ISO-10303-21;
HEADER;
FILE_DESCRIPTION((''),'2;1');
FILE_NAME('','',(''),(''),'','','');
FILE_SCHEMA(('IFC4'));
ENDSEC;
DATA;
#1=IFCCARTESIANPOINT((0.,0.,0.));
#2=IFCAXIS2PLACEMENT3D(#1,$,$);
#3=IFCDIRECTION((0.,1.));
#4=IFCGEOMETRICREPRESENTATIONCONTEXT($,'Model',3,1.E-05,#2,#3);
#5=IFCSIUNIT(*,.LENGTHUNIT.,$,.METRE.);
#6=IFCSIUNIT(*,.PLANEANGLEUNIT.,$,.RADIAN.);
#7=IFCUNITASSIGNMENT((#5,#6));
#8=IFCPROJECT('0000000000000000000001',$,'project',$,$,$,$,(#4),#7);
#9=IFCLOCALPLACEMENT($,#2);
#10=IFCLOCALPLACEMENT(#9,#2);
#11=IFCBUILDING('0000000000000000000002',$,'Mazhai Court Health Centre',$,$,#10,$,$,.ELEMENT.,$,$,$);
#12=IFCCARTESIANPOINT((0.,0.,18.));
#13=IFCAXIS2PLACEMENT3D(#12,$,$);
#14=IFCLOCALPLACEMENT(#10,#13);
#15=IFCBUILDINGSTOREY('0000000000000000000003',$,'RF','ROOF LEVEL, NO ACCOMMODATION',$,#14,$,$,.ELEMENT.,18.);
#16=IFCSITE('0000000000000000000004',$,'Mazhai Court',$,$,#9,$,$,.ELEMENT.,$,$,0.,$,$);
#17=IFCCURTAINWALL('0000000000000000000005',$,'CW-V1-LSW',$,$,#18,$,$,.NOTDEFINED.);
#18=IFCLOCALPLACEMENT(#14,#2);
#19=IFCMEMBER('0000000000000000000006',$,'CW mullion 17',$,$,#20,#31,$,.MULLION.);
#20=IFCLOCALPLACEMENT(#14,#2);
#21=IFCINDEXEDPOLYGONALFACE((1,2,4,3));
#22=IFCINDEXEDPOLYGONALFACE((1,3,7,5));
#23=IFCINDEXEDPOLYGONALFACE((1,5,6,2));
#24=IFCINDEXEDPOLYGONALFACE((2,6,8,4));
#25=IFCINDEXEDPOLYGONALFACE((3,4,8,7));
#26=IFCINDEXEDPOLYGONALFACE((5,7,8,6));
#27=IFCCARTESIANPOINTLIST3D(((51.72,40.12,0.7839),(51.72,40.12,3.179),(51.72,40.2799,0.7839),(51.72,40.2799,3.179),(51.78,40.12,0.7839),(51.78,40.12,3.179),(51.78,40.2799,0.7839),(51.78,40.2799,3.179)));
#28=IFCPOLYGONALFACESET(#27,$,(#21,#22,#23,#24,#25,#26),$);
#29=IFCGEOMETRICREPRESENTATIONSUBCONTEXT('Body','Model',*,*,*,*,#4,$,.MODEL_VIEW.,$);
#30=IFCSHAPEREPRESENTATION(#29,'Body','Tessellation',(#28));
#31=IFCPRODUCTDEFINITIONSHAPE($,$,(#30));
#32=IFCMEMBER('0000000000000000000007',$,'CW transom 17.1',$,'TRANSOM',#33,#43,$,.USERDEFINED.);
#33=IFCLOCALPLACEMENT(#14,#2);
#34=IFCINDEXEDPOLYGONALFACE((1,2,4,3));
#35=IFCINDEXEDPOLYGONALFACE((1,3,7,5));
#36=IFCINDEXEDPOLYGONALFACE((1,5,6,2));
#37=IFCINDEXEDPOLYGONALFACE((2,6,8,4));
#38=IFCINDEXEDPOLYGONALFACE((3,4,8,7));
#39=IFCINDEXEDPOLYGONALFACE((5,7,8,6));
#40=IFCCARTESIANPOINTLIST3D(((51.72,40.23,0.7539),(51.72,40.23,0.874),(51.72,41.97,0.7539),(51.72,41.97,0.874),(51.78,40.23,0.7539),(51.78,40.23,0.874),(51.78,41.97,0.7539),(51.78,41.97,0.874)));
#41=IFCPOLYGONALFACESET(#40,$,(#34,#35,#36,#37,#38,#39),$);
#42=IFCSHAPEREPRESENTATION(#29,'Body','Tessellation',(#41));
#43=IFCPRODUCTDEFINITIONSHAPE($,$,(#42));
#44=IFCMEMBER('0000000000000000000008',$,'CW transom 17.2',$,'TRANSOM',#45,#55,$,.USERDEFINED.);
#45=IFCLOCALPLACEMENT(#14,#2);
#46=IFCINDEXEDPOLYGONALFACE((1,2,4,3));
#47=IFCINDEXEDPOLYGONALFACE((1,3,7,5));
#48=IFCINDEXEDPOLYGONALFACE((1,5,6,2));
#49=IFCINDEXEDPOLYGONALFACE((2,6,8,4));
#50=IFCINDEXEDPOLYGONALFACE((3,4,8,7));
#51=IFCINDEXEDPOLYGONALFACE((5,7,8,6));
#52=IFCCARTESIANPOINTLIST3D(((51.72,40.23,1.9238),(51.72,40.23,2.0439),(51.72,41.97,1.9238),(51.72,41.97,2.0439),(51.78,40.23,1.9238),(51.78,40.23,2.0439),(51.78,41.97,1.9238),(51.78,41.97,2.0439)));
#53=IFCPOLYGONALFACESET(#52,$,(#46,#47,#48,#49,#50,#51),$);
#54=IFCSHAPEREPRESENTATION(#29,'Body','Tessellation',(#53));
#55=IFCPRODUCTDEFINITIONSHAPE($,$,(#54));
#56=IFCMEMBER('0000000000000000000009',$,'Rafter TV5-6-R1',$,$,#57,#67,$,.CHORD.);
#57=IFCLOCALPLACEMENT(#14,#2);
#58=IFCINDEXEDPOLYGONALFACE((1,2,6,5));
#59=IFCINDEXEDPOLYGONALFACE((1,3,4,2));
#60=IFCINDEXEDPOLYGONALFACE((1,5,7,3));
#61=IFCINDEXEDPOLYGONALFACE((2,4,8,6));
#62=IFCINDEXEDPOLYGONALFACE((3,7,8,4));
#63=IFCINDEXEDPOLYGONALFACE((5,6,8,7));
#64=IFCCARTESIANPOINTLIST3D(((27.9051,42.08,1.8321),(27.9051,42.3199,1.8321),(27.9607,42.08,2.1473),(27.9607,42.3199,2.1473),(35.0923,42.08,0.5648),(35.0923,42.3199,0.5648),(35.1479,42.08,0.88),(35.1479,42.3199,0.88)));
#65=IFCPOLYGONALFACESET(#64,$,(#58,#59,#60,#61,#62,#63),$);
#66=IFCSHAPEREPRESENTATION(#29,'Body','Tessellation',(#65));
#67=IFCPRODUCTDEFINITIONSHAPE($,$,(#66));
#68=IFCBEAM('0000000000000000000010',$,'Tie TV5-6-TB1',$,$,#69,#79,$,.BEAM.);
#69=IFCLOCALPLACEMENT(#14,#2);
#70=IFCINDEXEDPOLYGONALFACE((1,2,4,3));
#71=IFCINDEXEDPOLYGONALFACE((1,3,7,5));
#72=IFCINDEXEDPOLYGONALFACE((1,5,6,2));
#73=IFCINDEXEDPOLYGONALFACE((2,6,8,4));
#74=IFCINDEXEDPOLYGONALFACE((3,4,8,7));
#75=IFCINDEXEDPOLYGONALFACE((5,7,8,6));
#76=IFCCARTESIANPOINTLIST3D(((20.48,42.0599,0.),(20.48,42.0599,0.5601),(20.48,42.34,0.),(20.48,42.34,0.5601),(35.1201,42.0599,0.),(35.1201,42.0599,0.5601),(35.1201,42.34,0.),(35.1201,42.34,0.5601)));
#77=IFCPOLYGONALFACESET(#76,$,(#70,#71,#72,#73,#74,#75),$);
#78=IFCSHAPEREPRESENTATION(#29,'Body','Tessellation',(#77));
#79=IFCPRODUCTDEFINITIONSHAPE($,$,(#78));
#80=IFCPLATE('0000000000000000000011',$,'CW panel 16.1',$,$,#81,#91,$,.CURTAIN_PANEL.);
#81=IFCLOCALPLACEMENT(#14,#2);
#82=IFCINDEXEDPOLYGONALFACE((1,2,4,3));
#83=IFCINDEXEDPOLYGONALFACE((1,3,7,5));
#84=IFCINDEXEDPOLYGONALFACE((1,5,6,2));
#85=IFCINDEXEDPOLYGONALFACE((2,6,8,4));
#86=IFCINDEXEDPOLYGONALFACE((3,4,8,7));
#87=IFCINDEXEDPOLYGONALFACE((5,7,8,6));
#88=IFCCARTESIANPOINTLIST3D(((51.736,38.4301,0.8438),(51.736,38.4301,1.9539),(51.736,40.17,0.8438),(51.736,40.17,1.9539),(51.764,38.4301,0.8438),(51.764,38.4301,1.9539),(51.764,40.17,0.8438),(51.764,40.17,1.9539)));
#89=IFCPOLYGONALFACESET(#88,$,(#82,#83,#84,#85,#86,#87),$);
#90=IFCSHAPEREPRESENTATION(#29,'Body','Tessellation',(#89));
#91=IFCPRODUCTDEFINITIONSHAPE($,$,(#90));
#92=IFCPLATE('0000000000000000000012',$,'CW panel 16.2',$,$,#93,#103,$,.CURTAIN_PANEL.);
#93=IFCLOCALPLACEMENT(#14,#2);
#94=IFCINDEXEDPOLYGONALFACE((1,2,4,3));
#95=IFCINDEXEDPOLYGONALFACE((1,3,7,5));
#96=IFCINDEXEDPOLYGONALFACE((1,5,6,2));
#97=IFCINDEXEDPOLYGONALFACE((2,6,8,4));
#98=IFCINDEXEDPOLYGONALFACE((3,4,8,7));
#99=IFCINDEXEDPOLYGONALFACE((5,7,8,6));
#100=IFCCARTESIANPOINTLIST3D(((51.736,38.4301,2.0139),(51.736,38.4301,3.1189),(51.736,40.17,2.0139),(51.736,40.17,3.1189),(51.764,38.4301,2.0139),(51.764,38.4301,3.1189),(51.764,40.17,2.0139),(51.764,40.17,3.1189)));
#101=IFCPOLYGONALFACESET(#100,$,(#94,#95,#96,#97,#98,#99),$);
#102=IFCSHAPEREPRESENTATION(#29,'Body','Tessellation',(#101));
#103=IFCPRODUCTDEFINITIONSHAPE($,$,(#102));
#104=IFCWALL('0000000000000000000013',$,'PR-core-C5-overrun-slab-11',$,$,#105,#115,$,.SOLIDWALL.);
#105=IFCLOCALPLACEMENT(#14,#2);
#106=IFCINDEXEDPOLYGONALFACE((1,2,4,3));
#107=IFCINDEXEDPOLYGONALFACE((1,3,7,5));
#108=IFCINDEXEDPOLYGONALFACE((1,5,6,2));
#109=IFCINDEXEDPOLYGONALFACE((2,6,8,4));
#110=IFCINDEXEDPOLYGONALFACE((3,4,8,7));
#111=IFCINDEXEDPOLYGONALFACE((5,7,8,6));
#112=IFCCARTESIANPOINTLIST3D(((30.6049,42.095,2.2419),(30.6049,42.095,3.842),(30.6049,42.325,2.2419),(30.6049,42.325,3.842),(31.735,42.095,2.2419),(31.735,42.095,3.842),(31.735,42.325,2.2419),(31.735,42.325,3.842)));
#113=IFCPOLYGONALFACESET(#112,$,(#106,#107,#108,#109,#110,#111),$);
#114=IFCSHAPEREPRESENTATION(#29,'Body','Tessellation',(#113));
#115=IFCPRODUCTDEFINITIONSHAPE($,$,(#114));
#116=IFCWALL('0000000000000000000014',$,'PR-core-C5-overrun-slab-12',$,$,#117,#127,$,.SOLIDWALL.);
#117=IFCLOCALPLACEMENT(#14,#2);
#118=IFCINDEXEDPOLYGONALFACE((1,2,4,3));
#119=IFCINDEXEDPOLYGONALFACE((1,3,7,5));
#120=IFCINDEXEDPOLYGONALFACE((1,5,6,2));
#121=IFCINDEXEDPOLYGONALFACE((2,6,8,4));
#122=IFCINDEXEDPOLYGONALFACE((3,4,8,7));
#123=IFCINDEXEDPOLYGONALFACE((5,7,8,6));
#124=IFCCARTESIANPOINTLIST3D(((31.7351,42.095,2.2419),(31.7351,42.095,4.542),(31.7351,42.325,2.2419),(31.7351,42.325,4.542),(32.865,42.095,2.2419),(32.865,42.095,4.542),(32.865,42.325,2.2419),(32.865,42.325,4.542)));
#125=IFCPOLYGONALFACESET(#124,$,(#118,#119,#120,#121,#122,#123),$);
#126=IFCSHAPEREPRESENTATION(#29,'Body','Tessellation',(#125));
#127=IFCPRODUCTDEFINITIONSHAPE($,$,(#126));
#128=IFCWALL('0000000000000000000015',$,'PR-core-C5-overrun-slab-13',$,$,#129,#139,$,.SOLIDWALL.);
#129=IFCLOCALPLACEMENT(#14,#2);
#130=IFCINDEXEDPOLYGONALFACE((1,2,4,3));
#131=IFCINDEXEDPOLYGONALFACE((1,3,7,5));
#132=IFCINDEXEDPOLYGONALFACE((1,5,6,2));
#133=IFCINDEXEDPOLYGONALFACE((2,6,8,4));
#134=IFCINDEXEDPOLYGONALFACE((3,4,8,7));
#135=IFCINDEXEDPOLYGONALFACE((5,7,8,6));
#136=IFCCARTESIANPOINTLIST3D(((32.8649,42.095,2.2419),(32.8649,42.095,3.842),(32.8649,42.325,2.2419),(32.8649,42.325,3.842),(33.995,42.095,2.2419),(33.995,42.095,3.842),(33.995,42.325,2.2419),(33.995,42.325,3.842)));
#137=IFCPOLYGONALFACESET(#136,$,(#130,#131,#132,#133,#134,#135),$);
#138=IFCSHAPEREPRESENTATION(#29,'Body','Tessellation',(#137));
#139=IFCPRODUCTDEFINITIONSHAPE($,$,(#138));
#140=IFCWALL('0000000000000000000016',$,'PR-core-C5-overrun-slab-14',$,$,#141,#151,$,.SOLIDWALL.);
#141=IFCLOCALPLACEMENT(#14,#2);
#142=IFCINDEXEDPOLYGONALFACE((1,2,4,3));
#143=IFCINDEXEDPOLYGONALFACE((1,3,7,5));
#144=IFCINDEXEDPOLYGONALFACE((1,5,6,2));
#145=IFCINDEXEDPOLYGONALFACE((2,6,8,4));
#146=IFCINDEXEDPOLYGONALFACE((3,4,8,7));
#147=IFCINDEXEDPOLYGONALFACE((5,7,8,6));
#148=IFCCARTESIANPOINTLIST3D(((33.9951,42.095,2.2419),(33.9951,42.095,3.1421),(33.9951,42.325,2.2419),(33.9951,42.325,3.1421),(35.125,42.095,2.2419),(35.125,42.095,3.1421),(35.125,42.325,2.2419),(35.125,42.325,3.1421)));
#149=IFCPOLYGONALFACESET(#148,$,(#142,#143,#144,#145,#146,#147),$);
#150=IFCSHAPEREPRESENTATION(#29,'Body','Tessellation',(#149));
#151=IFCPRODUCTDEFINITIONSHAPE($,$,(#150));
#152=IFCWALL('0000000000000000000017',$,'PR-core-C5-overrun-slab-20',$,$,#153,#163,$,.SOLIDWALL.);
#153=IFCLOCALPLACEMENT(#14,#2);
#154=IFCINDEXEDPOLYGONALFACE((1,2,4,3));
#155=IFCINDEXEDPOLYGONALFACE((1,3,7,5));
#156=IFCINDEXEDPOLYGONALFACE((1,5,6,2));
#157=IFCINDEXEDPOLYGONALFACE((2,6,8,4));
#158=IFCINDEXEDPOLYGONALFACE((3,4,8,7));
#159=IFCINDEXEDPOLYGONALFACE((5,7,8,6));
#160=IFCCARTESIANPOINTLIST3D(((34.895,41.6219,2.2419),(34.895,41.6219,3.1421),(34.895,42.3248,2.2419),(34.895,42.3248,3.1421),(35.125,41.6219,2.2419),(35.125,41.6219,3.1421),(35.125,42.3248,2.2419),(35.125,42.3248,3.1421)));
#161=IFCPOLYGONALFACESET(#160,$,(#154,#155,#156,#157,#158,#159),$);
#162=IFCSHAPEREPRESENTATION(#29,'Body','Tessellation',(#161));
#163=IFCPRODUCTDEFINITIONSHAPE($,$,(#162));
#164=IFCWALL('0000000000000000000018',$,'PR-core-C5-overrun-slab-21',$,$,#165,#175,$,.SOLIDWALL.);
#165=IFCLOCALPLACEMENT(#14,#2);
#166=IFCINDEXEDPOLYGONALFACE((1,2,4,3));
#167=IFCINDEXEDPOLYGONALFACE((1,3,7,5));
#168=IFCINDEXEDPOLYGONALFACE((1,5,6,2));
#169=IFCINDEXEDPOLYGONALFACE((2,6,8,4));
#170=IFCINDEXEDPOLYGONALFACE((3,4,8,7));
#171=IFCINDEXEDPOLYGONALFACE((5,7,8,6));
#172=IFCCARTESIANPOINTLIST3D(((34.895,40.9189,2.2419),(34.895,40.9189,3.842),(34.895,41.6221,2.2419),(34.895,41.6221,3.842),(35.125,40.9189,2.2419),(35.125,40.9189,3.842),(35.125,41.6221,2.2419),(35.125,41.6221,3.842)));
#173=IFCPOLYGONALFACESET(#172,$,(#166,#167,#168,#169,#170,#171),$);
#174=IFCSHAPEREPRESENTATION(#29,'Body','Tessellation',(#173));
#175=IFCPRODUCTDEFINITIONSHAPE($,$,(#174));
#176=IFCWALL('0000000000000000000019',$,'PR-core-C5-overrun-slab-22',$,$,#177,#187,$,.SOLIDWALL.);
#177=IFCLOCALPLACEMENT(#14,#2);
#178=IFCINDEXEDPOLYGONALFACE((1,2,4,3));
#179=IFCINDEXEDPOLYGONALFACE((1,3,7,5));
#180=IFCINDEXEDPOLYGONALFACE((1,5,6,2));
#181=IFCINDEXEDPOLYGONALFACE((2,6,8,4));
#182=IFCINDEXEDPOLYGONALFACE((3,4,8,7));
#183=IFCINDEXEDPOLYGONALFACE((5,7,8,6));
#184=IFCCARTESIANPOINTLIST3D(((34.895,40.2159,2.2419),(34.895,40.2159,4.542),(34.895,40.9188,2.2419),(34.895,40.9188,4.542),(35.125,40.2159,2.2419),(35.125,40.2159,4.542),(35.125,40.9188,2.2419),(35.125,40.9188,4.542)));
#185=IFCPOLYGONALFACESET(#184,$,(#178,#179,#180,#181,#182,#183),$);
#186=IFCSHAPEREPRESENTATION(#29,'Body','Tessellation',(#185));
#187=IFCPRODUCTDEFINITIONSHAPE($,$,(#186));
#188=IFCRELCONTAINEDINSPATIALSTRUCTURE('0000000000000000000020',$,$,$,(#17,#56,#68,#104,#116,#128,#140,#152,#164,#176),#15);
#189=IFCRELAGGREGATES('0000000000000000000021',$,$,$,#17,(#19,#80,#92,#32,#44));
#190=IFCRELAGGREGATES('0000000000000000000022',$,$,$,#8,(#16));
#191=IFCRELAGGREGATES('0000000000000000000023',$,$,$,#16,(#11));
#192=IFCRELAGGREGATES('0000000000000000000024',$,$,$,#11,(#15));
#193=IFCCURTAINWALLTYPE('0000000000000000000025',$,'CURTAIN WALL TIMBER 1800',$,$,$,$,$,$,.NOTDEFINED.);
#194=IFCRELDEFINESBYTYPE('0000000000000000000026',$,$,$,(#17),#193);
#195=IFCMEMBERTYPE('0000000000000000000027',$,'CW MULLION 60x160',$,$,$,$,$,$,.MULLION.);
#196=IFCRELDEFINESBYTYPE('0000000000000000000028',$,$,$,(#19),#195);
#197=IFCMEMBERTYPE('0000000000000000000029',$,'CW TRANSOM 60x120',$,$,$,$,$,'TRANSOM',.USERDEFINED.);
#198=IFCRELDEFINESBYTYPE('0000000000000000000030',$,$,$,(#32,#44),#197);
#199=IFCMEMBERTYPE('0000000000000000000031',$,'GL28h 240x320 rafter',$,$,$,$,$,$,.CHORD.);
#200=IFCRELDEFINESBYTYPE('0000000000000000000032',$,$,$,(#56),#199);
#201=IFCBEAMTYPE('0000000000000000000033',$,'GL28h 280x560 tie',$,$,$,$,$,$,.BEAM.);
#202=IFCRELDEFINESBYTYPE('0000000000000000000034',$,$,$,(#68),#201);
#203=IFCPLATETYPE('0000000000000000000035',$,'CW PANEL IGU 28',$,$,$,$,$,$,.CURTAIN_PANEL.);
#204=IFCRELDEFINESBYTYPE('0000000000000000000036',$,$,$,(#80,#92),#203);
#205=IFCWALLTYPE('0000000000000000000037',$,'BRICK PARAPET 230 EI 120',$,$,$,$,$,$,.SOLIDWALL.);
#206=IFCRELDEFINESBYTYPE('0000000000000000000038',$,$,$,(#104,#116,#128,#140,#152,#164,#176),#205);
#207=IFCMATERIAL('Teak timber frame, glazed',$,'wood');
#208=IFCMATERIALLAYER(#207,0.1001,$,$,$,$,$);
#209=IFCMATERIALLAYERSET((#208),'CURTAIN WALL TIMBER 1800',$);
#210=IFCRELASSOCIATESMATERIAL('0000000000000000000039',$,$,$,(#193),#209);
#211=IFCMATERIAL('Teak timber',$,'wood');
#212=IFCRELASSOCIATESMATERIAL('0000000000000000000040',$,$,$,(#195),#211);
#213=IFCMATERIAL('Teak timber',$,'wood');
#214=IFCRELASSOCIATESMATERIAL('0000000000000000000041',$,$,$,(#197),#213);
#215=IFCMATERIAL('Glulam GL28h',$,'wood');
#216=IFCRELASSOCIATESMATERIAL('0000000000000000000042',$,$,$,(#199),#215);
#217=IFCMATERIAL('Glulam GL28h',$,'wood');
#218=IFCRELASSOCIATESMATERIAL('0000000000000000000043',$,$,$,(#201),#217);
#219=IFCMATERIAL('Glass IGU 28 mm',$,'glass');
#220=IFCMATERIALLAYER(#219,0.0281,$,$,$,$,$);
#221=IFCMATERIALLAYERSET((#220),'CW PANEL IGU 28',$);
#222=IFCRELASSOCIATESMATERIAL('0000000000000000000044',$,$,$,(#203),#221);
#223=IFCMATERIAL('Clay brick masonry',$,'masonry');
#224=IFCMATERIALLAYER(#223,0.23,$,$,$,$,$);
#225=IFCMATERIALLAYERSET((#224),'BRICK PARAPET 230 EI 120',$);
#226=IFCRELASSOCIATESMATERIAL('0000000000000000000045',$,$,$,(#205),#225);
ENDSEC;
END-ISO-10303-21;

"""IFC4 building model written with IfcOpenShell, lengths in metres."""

from ifc_helpers import new_model, si_unit, direction, frame, frame_2d, origin, origin_2d, place, context, subcontext, project, spatial, rectangle, extrude, material, layer, layer_set, material_profile, profile_set, type_object, element, aggregate, save


model = new_model("IFC4")

# Units and contexts
model_context = context("Model", 3, precision=1e-05, world=origin(), true_north=direction((0.0, 1.0)))
body_context = subcontext(model_context, "Body", "Model", "MODEL_VIEW")
ifc_project = project(units=[si_unit("LENGTHUNIT", "METRE"), si_unit("PLANEANGLEUNIT", "RADIAN")], contexts=[model_context])

# Site, building, storey
site_placement = place(None, origin())
site = spatial("IfcSite", under=ifc_project, at=site_placement, Name="Mazhai Court", CompositionType="ELEMENT", RefElevation=0.0)
building_placement = place(site_placement, origin())
building = spatial("IfcBuilding", under=site, at=building_placement, Name="Mazhai Court Health Centre", CompositionType="ELEMENT")
storey_placement = place(building_placement, frame((0.0, 0.0, 18.0)))
storey = spatial("IfcBuildingStorey", under=building, at=storey_placement, Name="RF", Description="ROOF LEVEL, NO ACCOMMODATION", CompositionType="ELEMENT", Elevation=18.0)

# Curtain wall, members
ifc_material_1 = material(Name="Teak timber frame, glazed", Category="wood")
ifc_layer_1 = layer(ifc_material_1, 0.1001)
ifc_layer_set_1 = layer_set([ifc_layer_1], Name="CURTAIN WALL TIMBER 1800")
curtain_wall_type = type_object("IfcCurtainWallType", Name="CURTAIN WALL TIMBER 1800", PredefinedType="NOTDEFINED", material=ifc_layer_set_1)
curtain_wall_placement = place(storey_placement, origin())
curtain_wall = element("IfcCurtainWall", 1, at=curtain_wall_placement, inside=storey, type_object=curtain_wall_type, Name="CW-V1-LSW", PredefinedType="NOTDEFINED")
ifc_material_2 = material(Name="Teak timber", Category="wood")
ifc_material_profile_1 = material_profile(ifc_material_2, rectangle(XDim=0.0601, YDim=0.1599, at=origin_2d()), Name="CW MULLION 60x160")
ifc_profile_set_1 = profile_set([ifc_material_profile_1], Name="Teak timber")
member_type_1 = type_object("IfcMemberType", Name="CW MULLION 60x160", PredefinedType="MULLION", material=ifc_profile_set_1)
member_1_placement = place(storey_placement, frame((51.75, 40.2, 0.7839), z_axis=(0.0, 0.0, 1.0), x_axis=(-1.0, 0.0, 0.0)))
member_1 = element("IfcMember", 2, at=member_1_placement, type_object=member_type_1, Name="CW mullion 17", PredefinedType="MULLION", context=body_context, shape_type="SweptSolid", body=[
    extrude(rectangle(XDim=0.0601, YDim=0.1599, at=origin_2d()), origin(), (0.0, 0.0, 1.0), 2.395),
])
ifc_material_3 = material(Name="Teak timber", Category="wood")
ifc_material_profile_2 = material_profile(ifc_material_3, rectangle(XDim=0.0601, YDim=0.1201, at=origin_2d()), Name="CW TRANSOM 60x120")
ifc_profile_set_2 = profile_set([ifc_material_profile_2], Name="Teak timber")
member_type_2 = type_object("IfcMemberType", Name="CW TRANSOM 60x120", ElementType="TRANSOM", PredefinedType="USERDEFINED", material=ifc_profile_set_2)
member_2_placement = place(storey_placement, frame((51.75, 40.23, 0.814), z_axis=(0.0, 1.0, 0.0), x_axis=(-1.0, 0.0, 0.0)))
member_2 = element("IfcMember", 3, at=member_2_placement, type_object=member_type_2, Name="CW transom 17.1", ObjectType="TRANSOM", PredefinedType="USERDEFINED", context=body_context, shape_type="SweptSolid", body=[
    extrude(rectangle(XDim=0.0601, YDim=0.1201, at=origin_2d()), origin(), (0.0, 0.0, 1.0), 1.74),
])
member_3_placement = place(storey_placement, frame((51.75, 40.23, 1.9839), z_axis=(0.0, 1.0, 0.0), x_axis=(-1.0, 0.0, 0.0)))
member_3 = element("IfcMember", 4, at=member_3_placement, type_object=member_type_2, Name="CW transom 17.2", ObjectType="TRANSOM", PredefinedType="USERDEFINED", context=body_context, shape_type="SweptSolid", body=[
    extrude(rectangle(XDim=0.0601, YDim=0.1201, at=origin_2d()), origin(), (0.0, 0.0, 1.0), 1.74),
])

# Member
ifc_material_4 = material(Name="Glulam GL28h", Category="wood")
ifc_material_profile_3 = material_profile(ifc_material_4, rectangle(XDim=0.24, YDim=0.3201, at=origin_2d()), Name="GL28h 240x320")
ifc_profile_set_3 = profile_set([ifc_material_profile_3], Name="Glulam GL28h")
member_type_3 = type_object("IfcMemberType", Name="GL28h 240x320 rafter", PredefinedType="CHORD", material=ifc_profile_set_3)
member_4_placement = place(storey_placement, frame((35.1201, 42.2, 0.7224), z_axis=(-0.984807, 0.0, 0.173652), x_axis=(0.0, -1.0, 0.0)))
element("IfcMember", 5, at=member_4_placement, inside=storey, type_object=member_type_3, Name="Rafter TV5-6-R1", PredefinedType="CHORD", context=body_context, shape_type="SweptSolid", body=[
    extrude(rectangle(XDim=0.24, YDim=0.3201, at=origin_2d()), origin(), (0.0, 0.0, 1.0), 7.2981),
])

# Beam
ifc_material_5 = material(Name="Glulam GL28h", Category="wood")
ifc_material_profile_4 = material_profile(ifc_material_5, rectangle(XDim=0.28, YDim=0.5601, at=origin_2d()), Name="GL28h 280x560")
ifc_profile_set_4 = profile_set([ifc_material_profile_4], Name="Glulam GL28h")
beam_type = type_object("IfcBeamType", Name="GL28h 280x560 tie", PredefinedType="BEAM", material=ifc_profile_set_4)
beam_placement = place(storey_placement, frame((35.1201, 42.2, 0.28), z_axis=(-1.0, 0.0, 0.0), x_axis=(0.0, -1.0, 0.0)))
element("IfcBeam", 6, at=beam_placement, inside=storey, type_object=beam_type, Name="Tie TV5-6-TB1", PredefinedType="BEAM", context=body_context, shape_type="SweptSolid", body=[
    extrude(rectangle(XDim=0.28, YDim=0.5601, at=origin_2d()), origin(), (0.0, 0.0, 1.0), 14.6401),
])

# Plates
ifc_material_6 = material(Name="Glass IGU 28 mm", Category="glass")
ifc_layer_2 = layer(ifc_material_6, 0.0281)
ifc_layer_set_2 = layer_set([ifc_layer_2], Name="CW PANEL IGU 28")
plate_type = type_object("IfcPlateType", Name="CW PANEL IGU 28", PredefinedType="CURTAIN_PANEL", material=ifc_layer_set_2)
plate_1_placement = place(storey_placement, frame((51.75, 39.3, 0.8438), z_axis=(0.0, 0.0, 1.0), x_axis=(0.0, 1.0, 0.0)))
plate_1 = element("IfcPlate", 7, at=plate_1_placement, type_object=plate_type, Name="CW panel 16.1", PredefinedType="CURTAIN_PANEL", context=body_context, shape_type="SweptSolid", body=[
    extrude(rectangle(XDim=1.74, YDim=0.0281, at=origin_2d()), origin(), (0.0, 0.0, 1.0), 1.1101),
])
plate_2_placement = place(storey_placement, frame((51.75, 39.3, 2.0139), z_axis=(0.0, 0.0, 1.0), x_axis=(0.0, 1.0, 0.0)))
plate_2 = element("IfcPlate", 8, at=plate_2_placement, type_object=plate_type, Name="CW panel 16.2", PredefinedType="CURTAIN_PANEL", context=body_context, shape_type="SweptSolid", body=[
    extrude(rectangle(XDim=1.74, YDim=0.0281, at=origin_2d()), origin(), (0.0, 0.0, 1.0), 1.105),
])
aggregate(curtain_wall, [member_1, plate_1, plate_2, member_2, member_3])

# Walls
ifc_material_7 = material(Name="Clay brick masonry", Category="masonry")
ifc_layer_3 = layer(ifc_material_7, 0.23)
ifc_layer_set_3 = layer_set([ifc_layer_3], Name="BRICK PARAPET 230 EI 120")
wall_type_1 = type_object("IfcWallType", Name="BRICK PARAPET 230 EI 120", PredefinedType="SOLIDWALL", material=ifc_layer_set_3)
wall_1_placement = place(storey_placement, frame((30.605, 42.21, 2.2419), z_axis=(0.0, 0.0, 1.0), x_axis=(1.0, 0.0, 0.0)))
element("IfcWall", 9, at=wall_1_placement, inside=storey, type_object=wall_type_1, Name="PR-core-C5-overrun-slab-11", PredefinedType="SOLIDWALL", context=body_context, shape_type="SweptSolid", body=[
    extrude(rectangle(XDim=1.1301, YDim=0.23, at=frame_2d((0.5649, 0.0))), origin(), (0.0, 0.0, 1.0), 1.6001),
])
wall_2_placement = place(storey_placement, frame((31.7351, 42.21, 2.2419), z_axis=(0.0, 0.0, 1.0), x_axis=(1.0, 0.0, 0.0)))
element("IfcWall", 10, at=wall_2_placement, inside=storey, type_object=wall_type_1, Name="PR-core-C5-overrun-slab-12", PredefinedType="SOLIDWALL", context=body_context, shape_type="SweptSolid", body=[
    extrude(rectangle(XDim=1.1299, YDim=0.23, at=frame_2d((0.5649, 0.0))), origin(), (0.0, 0.0, 1.0), 2.3),
])
wall_3_placement = place(storey_placement, frame((32.865, 42.21, 2.2419), z_axis=(0.0, 0.0, 1.0), x_axis=(1.0, 0.0, 0.0)))
element("IfcWall", 11, at=wall_3_placement, inside=storey, type_object=wall_type_1, Name="PR-core-C5-overrun-slab-13", PredefinedType="SOLIDWALL", context=body_context, shape_type="SweptSolid", body=[
    extrude(rectangle(XDim=1.1301, YDim=0.23, at=frame_2d((0.5649, 0.0))), origin(), (0.0, 0.0, 1.0), 1.6001),
])
wall_4_placement = place(storey_placement, frame((33.9951, 42.21, 2.2419), z_axis=(0.0, 0.0, 1.0), x_axis=(1.0, 0.0, 0.0)))
element("IfcWall", 12, at=wall_4_placement, inside=storey, type_object=wall_type_1, Name="PR-core-C5-overrun-slab-14", PredefinedType="SOLIDWALL", context=body_context, shape_type="SweptSolid", body=[
    extrude(rectangle(XDim=1.1299, YDim=0.23, at=frame_2d((0.5649, 0.0))), origin(), (0.0, 0.0, 1.0), 0.9001),
])
wall_5_placement = place(storey_placement, frame((35.01, 42.325, 2.2419), z_axis=(0.0, 0.0, 1.0), x_axis=(0.0, -1.0, 0.0)))
element("IfcWall", 13, at=wall_5_placement, inside=storey, type_object=wall_type_1, Name="PR-core-C5-overrun-slab-20", PredefinedType="SOLIDWALL", context=body_context, shape_type="SweptSolid", body=[
    extrude(rectangle(XDim=0.7029, YDim=0.23, at=frame_2d((0.3516, 0.0))), origin(), (0.0, 0.0, 1.0), 0.9001),
])
wall_6_placement = place(storey_placement, frame((35.01, 41.6221, 2.2419), z_axis=(0.0, 0.0, 1.0), x_axis=(0.0, -1.0, 0.0)))
element("IfcWall", 14, at=wall_6_placement, inside=storey, type_object=wall_type_1, Name="PR-core-C5-overrun-slab-21", PredefinedType="SOLIDWALL", context=body_context, shape_type="SweptSolid", body=[
    extrude(rectangle(XDim=0.7031, YDim=0.23, at=frame_2d((0.3516, 0.0))), origin(), (0.0, 0.0, 1.0), 1.6001),
])
wall_7_placement = place(storey_placement, frame((35.01, 40.9189, 2.2419), z_axis=(0.0, 0.0, 1.0), x_axis=(0.0, -1.0, 0.0)))
element("IfcWall", 15, at=wall_7_placement, inside=storey, type_object=wall_type_1, Name="PR-core-C5-overrun-slab-22", PredefinedType="SOLIDWALL", context=body_context, shape_type="SweptSolid", body=[
    extrude(rectangle(XDim=0.7029, YDim=0.23, at=frame_2d((0.3516, 0.0))), origin(), (0.0, 0.0, 1.0), 2.3),
])

save(model, "model.ifc")
